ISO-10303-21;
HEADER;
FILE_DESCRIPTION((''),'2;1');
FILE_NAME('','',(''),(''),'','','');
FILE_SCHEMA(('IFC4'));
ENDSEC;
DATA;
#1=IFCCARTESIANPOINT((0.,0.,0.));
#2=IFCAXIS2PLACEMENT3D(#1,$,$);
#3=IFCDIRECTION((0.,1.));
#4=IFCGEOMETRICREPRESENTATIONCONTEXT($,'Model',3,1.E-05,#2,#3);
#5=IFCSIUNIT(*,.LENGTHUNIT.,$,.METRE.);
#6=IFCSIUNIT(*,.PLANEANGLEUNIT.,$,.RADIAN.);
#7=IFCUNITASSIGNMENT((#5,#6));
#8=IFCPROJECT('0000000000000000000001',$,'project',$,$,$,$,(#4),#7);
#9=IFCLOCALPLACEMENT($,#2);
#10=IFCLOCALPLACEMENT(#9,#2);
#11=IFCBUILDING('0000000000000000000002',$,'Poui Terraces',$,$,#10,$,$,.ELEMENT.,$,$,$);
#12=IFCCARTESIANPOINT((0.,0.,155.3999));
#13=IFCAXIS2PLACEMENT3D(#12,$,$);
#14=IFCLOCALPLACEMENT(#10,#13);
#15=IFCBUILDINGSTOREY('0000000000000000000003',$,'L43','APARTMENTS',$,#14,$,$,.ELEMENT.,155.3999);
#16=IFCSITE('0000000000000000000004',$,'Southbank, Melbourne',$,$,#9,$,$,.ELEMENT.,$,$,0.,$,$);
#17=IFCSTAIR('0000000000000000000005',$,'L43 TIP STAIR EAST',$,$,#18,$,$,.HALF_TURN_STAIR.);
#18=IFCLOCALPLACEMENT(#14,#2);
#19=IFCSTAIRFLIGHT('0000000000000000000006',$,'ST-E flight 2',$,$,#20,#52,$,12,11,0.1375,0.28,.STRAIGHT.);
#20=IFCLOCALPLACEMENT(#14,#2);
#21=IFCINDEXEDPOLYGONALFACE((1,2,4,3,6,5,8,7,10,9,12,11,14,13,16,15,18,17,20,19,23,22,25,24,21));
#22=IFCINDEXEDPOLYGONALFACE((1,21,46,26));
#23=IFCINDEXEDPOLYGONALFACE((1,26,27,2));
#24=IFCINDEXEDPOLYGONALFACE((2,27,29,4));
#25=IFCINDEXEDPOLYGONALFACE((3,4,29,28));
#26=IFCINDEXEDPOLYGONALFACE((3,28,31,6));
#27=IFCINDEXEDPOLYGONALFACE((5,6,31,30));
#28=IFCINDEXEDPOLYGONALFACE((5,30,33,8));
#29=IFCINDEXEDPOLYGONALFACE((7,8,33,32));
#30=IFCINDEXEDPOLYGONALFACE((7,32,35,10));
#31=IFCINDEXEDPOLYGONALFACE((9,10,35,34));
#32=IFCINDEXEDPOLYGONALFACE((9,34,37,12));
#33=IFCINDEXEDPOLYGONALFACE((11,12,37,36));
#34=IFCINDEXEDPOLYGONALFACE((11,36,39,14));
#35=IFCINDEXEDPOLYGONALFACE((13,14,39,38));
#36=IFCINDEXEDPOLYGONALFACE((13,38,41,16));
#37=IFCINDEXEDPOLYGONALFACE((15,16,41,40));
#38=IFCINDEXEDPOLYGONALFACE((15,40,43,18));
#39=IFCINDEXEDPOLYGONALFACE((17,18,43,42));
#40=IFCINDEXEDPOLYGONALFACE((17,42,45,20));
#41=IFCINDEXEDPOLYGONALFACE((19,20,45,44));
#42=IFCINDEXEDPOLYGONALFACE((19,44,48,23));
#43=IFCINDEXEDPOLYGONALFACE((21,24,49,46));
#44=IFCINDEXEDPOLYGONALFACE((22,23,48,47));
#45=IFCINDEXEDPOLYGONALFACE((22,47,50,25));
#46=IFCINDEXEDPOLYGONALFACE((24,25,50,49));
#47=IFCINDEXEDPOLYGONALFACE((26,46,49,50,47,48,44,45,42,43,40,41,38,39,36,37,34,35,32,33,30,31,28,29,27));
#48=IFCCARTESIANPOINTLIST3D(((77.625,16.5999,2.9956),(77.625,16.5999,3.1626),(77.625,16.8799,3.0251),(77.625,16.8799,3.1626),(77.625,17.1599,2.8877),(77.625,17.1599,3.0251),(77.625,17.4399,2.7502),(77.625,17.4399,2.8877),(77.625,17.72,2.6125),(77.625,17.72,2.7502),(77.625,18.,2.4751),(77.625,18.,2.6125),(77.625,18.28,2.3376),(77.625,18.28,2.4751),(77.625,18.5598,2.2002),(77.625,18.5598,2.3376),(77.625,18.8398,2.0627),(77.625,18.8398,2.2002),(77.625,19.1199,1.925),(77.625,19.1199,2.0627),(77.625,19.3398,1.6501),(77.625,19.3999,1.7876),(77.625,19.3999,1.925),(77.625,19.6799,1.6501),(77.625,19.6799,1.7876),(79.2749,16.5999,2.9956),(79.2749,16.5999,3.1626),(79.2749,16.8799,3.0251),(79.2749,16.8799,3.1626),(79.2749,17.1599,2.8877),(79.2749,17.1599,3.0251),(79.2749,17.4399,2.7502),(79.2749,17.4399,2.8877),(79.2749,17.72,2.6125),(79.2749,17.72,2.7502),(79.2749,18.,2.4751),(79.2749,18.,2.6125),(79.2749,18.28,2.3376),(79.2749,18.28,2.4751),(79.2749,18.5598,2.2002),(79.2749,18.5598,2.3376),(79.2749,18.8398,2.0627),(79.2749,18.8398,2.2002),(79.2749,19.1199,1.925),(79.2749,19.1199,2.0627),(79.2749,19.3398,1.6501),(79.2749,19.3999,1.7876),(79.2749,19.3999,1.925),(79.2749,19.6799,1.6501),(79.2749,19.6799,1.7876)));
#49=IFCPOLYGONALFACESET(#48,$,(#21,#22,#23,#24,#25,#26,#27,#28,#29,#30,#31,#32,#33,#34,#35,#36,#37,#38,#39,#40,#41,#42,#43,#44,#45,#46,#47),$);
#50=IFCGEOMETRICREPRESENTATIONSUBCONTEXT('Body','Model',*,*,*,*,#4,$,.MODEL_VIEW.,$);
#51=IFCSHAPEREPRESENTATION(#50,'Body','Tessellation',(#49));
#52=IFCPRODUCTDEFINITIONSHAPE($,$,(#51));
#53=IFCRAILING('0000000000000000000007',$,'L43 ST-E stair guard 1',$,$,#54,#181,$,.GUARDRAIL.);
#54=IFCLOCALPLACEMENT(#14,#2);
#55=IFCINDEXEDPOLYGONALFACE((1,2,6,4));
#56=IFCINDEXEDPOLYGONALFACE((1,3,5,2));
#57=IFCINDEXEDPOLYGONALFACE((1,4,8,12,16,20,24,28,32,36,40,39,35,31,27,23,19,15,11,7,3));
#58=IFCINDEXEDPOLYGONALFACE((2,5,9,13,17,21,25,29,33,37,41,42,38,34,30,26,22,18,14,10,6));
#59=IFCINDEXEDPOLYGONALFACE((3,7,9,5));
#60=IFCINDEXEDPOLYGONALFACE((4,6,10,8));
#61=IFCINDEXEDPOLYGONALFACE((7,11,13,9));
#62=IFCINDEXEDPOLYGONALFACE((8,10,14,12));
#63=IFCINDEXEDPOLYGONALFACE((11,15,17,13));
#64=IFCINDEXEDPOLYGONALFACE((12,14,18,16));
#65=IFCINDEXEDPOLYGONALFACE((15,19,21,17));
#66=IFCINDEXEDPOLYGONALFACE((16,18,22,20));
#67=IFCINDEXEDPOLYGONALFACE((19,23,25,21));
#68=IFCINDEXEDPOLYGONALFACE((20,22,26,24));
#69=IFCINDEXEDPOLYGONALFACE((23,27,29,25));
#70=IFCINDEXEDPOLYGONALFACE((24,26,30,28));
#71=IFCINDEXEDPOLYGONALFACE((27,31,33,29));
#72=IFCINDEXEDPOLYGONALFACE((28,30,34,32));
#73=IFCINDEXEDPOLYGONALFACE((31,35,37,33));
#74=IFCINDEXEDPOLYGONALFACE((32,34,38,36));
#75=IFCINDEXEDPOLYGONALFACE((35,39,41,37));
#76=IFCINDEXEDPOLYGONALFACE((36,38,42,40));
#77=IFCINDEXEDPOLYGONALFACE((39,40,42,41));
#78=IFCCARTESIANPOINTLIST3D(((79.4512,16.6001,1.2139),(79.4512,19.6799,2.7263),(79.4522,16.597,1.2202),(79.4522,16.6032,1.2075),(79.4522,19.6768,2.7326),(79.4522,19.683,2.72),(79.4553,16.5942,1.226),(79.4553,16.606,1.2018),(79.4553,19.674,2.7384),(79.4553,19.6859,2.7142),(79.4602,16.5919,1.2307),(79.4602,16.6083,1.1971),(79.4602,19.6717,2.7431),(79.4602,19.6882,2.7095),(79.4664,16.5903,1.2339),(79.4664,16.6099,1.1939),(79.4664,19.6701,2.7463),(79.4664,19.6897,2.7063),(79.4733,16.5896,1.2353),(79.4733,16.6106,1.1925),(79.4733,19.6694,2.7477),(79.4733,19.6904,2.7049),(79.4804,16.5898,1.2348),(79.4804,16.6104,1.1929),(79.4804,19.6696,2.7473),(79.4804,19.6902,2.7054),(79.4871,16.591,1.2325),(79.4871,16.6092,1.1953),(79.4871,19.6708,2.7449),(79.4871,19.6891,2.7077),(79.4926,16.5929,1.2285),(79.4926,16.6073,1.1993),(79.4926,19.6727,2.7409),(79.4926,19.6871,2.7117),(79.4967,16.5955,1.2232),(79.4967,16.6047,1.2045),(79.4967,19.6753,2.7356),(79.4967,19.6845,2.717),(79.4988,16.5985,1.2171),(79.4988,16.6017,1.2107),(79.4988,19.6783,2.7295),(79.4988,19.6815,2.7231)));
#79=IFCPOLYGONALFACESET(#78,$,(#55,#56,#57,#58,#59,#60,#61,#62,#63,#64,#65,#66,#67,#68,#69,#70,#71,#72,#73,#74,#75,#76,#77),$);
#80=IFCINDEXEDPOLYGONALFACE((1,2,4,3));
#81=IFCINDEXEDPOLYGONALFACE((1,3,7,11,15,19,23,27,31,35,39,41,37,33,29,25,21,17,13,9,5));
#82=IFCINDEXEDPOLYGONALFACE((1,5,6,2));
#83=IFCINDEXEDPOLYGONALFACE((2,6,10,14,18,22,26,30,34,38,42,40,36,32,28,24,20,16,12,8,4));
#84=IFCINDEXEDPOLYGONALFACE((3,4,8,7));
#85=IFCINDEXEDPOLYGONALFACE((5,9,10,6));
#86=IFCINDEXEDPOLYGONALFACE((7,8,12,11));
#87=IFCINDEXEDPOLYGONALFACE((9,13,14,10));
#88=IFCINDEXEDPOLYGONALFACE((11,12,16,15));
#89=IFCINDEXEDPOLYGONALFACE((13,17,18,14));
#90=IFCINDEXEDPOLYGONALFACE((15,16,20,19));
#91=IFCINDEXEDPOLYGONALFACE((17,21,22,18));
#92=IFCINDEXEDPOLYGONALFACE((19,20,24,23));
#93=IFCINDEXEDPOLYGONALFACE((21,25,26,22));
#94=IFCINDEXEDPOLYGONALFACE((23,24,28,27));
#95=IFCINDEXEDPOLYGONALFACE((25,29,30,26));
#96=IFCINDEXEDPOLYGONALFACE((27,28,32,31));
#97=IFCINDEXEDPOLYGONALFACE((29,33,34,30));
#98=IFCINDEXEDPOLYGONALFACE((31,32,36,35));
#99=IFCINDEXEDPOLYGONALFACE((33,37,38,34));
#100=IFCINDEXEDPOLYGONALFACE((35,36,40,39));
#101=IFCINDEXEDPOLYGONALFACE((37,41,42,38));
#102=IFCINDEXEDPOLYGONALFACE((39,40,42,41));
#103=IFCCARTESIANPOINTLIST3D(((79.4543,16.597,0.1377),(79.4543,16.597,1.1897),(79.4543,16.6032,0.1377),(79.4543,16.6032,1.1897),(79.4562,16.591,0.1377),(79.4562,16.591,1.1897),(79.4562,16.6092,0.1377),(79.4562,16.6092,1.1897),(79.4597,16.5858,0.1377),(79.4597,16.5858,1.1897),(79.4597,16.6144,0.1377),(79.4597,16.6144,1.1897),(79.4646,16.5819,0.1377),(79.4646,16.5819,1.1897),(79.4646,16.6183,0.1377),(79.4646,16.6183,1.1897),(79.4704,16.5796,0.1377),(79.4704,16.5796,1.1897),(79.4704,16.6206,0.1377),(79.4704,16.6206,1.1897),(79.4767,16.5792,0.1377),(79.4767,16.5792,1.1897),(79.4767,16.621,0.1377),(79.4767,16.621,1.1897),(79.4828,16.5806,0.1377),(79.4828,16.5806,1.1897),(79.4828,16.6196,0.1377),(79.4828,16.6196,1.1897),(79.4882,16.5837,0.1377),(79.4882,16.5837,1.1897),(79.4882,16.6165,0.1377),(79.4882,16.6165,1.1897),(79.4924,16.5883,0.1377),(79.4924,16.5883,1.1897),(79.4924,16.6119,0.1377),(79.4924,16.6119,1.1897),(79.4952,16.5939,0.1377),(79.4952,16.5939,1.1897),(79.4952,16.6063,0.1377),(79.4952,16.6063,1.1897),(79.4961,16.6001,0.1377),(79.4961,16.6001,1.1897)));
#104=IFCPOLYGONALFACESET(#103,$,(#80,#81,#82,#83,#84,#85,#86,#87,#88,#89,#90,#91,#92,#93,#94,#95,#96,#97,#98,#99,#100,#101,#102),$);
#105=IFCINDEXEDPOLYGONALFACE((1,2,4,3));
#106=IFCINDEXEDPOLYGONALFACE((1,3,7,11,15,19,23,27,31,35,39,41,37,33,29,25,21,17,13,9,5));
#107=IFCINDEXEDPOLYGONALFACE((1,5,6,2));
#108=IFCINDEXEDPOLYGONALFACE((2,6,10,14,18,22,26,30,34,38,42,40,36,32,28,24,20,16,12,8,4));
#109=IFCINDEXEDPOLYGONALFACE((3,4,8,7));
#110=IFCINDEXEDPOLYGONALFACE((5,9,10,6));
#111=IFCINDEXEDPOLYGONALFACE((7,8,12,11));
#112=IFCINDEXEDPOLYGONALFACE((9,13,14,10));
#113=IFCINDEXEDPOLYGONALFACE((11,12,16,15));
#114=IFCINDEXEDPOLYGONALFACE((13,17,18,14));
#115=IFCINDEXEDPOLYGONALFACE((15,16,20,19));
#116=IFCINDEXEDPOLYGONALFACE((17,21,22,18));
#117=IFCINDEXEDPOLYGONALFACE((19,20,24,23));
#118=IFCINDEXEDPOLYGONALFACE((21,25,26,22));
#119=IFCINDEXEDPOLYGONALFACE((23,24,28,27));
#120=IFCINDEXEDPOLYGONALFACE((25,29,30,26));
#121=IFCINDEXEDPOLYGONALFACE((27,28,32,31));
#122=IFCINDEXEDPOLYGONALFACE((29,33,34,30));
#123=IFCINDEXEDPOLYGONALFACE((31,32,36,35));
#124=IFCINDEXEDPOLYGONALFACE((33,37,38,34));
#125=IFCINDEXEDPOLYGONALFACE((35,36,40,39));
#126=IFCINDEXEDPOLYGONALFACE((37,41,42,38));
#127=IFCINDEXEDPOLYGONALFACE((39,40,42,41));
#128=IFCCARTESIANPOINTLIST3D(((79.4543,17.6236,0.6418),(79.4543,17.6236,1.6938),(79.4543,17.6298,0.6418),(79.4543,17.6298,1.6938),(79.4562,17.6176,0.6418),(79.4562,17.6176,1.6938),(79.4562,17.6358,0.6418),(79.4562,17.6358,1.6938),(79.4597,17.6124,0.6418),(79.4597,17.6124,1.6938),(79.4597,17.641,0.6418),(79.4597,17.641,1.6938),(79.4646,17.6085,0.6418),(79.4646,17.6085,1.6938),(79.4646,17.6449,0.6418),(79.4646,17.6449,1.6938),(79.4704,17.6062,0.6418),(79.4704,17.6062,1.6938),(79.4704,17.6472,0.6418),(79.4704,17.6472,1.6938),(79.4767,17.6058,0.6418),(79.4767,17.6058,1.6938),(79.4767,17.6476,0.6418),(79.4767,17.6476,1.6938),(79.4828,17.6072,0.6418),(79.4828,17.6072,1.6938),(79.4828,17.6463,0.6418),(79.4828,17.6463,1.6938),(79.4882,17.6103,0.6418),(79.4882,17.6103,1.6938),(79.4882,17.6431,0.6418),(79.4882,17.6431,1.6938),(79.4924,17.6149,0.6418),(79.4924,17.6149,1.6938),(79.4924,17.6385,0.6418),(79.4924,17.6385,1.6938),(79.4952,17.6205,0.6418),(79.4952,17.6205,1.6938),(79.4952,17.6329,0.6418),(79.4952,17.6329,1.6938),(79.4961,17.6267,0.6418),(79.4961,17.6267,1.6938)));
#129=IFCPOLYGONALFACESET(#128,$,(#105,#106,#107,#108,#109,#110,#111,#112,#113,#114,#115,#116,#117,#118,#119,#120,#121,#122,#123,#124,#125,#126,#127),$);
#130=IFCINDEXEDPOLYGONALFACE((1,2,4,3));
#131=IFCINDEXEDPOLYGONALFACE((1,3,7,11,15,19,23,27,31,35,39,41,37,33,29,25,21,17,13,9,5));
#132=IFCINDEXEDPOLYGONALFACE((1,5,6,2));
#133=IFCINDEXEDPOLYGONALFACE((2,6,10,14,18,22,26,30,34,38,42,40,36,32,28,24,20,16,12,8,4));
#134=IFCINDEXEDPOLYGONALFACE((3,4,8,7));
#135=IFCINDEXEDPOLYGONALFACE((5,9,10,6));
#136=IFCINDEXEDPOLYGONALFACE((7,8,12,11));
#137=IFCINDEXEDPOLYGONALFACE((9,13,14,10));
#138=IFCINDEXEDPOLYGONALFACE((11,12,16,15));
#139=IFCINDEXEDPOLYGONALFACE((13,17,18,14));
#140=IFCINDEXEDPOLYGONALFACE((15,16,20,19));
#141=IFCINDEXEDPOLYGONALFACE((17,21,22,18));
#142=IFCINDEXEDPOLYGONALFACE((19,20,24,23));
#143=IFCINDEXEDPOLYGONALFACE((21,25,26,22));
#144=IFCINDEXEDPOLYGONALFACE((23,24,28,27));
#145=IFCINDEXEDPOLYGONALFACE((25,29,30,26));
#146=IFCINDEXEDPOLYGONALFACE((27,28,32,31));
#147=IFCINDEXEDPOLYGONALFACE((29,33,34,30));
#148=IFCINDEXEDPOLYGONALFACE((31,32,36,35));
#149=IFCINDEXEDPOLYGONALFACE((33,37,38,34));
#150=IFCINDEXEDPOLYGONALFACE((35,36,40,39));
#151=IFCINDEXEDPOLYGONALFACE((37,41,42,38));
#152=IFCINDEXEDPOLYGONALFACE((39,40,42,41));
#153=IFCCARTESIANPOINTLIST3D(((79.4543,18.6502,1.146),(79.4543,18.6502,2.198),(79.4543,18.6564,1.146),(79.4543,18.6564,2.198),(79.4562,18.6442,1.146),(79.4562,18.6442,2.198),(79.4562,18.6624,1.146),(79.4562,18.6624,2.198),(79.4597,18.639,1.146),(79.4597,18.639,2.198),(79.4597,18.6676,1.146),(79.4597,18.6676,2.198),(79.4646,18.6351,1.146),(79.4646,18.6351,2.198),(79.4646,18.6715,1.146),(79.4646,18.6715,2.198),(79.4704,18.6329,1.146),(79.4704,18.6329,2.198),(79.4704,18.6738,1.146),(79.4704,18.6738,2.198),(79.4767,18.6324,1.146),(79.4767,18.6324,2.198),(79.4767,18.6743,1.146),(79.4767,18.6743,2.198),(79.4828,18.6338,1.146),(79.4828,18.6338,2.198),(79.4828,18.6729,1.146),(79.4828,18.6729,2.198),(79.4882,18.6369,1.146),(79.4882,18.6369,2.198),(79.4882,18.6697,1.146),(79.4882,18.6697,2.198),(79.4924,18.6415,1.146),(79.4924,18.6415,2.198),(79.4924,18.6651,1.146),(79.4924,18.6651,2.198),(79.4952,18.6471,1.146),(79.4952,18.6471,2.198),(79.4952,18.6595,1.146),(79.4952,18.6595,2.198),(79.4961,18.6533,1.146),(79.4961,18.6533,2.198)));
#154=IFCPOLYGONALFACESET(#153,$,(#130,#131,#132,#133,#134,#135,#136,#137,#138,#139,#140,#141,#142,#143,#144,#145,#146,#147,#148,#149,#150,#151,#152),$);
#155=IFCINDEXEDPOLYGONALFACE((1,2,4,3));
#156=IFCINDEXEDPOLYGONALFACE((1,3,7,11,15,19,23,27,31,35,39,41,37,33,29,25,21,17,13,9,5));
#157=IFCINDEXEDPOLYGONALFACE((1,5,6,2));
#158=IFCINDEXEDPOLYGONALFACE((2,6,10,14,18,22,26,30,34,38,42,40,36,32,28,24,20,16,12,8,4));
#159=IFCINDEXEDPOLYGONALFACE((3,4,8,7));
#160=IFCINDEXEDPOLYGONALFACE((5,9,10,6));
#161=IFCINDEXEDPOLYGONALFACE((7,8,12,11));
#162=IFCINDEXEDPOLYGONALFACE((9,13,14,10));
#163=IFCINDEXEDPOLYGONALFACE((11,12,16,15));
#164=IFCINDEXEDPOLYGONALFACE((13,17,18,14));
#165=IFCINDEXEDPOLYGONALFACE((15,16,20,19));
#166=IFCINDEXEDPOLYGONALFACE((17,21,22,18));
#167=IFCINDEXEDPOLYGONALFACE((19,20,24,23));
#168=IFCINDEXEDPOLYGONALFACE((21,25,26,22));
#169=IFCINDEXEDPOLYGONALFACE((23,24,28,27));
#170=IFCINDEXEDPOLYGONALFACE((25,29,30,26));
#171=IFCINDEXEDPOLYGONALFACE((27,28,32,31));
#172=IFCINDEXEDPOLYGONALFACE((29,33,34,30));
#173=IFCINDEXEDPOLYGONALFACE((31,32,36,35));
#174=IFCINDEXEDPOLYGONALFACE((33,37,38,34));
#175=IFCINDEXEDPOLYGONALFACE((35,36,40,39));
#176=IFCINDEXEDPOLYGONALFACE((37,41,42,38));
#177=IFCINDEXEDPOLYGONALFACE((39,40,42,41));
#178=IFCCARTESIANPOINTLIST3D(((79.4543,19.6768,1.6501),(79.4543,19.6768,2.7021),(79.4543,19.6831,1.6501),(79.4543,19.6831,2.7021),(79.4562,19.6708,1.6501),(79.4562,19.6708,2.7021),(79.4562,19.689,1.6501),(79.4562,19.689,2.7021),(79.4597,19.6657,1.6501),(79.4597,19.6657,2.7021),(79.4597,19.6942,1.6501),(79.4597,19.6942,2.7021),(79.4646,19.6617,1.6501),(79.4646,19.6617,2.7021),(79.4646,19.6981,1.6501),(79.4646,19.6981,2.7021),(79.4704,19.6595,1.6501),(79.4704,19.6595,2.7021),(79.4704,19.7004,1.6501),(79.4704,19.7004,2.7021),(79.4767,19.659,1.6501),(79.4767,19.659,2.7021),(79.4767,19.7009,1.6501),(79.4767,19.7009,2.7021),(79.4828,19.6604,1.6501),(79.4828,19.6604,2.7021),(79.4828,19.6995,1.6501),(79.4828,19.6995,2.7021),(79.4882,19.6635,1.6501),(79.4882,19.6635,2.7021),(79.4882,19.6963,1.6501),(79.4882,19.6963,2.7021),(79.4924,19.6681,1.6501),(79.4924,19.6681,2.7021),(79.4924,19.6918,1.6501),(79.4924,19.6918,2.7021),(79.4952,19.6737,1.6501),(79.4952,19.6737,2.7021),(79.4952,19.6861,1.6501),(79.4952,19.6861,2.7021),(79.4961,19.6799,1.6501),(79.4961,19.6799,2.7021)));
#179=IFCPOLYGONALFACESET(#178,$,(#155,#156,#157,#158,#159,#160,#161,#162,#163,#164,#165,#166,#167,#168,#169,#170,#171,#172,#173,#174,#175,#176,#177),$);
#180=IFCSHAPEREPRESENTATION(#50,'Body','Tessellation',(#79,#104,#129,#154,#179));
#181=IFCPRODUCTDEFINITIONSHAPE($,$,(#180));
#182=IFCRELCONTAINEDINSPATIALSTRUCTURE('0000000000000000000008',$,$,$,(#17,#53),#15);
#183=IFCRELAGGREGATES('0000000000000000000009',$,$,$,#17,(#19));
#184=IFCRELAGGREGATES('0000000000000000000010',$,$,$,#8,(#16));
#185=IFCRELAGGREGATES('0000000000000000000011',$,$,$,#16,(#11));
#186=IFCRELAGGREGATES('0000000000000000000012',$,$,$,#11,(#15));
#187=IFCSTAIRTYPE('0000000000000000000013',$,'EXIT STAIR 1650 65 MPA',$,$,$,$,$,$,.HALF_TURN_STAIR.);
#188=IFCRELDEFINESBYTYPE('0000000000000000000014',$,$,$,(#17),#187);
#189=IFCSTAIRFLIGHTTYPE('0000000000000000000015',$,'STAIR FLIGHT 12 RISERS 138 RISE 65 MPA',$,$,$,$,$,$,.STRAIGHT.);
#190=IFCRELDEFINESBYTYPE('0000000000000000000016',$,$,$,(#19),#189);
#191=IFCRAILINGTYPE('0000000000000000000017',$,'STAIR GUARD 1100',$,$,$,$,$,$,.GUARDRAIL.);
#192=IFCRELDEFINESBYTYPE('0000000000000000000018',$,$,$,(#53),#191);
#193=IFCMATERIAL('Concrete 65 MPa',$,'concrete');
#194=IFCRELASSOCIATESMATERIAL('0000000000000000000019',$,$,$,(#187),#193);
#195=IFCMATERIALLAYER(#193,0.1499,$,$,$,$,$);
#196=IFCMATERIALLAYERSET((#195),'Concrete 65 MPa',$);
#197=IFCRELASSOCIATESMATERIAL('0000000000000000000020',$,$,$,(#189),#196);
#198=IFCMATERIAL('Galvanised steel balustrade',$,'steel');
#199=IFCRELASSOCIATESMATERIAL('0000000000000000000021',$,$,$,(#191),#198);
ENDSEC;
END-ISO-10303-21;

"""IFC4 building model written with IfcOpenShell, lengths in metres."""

from ifc_helpers import new_model, si_unit, direction, frame, origin, origin_2d, place, context, subcontext, project, spatial, polyline, circle, outline, extrude, material, layer, layer_set, type_object, element, aggregate, save


model = new_model("IFC4")

# Units and contexts
model_context = context("Model", 3, precision=1e-05, world=origin(), true_north=direction((0.0, 1.0)))
body_context = subcontext(model_context, "Body", "Model", "MODEL_VIEW")
ifc_project = project(units=[si_unit("LENGTHUNIT", "METRE"), si_unit("PLANEANGLEUNIT", "RADIAN")], contexts=[model_context])

# Site, building, storey
site_placement = place(None, origin())
site = spatial("IfcSite", under=ifc_project, at=site_placement, Name="Southbank, Melbourne", CompositionType="ELEMENT", RefElevation=0.0)
building_placement = place(site_placement, origin())
building = spatial("IfcBuilding", under=site, at=building_placement, Name="Poui Terraces", CompositionType="ELEMENT")
storey_placement = place(building_placement, frame((0.0, 0.0, 155.3999)))
storey = spatial("IfcBuildingStorey", under=building, at=storey_placement, Name="L43", Description="APARTMENTS", CompositionType="ELEMENT", Elevation=155.3999)

# Shared definitions
ifc_material_1 = material(Name="Concrete 65 MPa", Category="concrete")

# Stair, stair flight
stair_type = type_object("IfcStairType", Name="EXIT STAIR 1650 65 MPA", PredefinedType="HALF_TURN_STAIR", material=ifc_material_1)
stair_placement = place(storey_placement, origin())
stair = element("IfcStair", 1, at=stair_placement, inside=storey, type_object=stair_type, Name="L43 TIP STAIR EAST", PredefinedType="HALF_TURN_STAIR")
ifc_layer_1 = layer(ifc_material_1, 0.1499)
ifc_layer_set_1 = layer_set([ifc_layer_1], Name="Concrete 65 MPa")
stair_flight_type = type_object("IfcStairFlightType", Name="STAIR FLIGHT 12 RISERS 138 RISE 65 MPA", PredefinedType="STRAIGHT", material=ifc_layer_set_1)
stair_flight_1_placement = place(storey_placement, frame((78.45, 19.6799, 1.6501), z_axis=(0.0, 0.0, 1.0), x_axis=(0.0, -1.0, 0.0)))
stair_flight_1 = element("IfcStairFlight", 2, at=stair_flight_1_placement, type_object=stair_flight_type, Name="ST-E flight 2", NumberOfRisers=12, NumberOfTreads=11, PredefinedType="STRAIGHT", RiserHeight=0.1375, TreadLength=0.28, context=body_context, shape_type="SweptSolid", body=[
    extrude(outline(polyline([(0.0, 0.0), (0.0, 0.1375), (0.28, 0.1375), (0.28, 0.2749), (0.5601, 0.2749), (0.5601, 0.4126), (0.8401, 0.4126), (0.8401, 0.55), (1.1201, 0.55), (1.1201, 0.6875), (1.3999, 0.6875), (1.3999, 0.825), (1.6799, 0.825), (1.6799, 0.9624), (1.96, 0.9624), (1.96, 1.1001), (2.24, 1.1001), (2.24, 1.2375), (2.52, 1.2375), (2.52, 1.375), (2.8, 1.375), (2.8, 1.5125), (3.0801, 1.5125), (3.0801, 1.6499), (3.0801, 1.3455), (0.3401, 0.0), (0.0, 0.0)])), frame((0.0, 0.825, 0.0), z_axis=(0.0, -1.0, 0.0), x_axis=(1.0, 0.0, 0.0)), (0.0, 0.0, 1.0), 1.6499),
])
aggregate(stair, [stair_flight_1])

# Railing
ifc_material_2 = material(Name="Galvanised steel balustrade", Category="steel")
railing_type_1 = type_object("IfcRailingType", Name="STAIR GUARD 1100", PredefinedType="GUARDRAIL", material=ifc_material_2)
railing_1_placement = place(storey_placement, frame((79.4751, 16.6001, 0.1377)))
element("IfcRailing", 3, at=railing_1_placement, inside=storey, type_object=railing_type_1, Name="L43 ST-E stair guard 1", PredefinedType="GUARDRAIL", context=body_context, shape_type="SweptSolid", body=[
    extrude(circle(Radius=0.0239, at=origin_2d()), frame((0.0, 0.0, 1.0762), z_axis=(0.0, 0.897606, 0.440798), x_axis=(-1.0, 0.0, 0.0)), (0.0, 0.0, 1.0), 3.4312),
    extrude(circle(Radius=0.021, at=origin_2d()), origin(), (0.0, 0.0, 1.0), 1.052),
    extrude(circle(Radius=0.021, at=origin_2d()), frame((0.0, 1.0266, 0.5042)), (0.0, 0.0, 1.0), 1.052),
    extrude(circle(Radius=0.021, at=origin_2d()), frame((0.0, 2.0532, 1.0083)), (0.0, 0.0, 1.0), 1.052),
    extrude(circle(Radius=0.021, at=origin_2d()), frame((0.0, 3.0798, 1.5125)), (0.0, 0.0, 1.0), 1.052),
])

save(model, "model.ifc")
